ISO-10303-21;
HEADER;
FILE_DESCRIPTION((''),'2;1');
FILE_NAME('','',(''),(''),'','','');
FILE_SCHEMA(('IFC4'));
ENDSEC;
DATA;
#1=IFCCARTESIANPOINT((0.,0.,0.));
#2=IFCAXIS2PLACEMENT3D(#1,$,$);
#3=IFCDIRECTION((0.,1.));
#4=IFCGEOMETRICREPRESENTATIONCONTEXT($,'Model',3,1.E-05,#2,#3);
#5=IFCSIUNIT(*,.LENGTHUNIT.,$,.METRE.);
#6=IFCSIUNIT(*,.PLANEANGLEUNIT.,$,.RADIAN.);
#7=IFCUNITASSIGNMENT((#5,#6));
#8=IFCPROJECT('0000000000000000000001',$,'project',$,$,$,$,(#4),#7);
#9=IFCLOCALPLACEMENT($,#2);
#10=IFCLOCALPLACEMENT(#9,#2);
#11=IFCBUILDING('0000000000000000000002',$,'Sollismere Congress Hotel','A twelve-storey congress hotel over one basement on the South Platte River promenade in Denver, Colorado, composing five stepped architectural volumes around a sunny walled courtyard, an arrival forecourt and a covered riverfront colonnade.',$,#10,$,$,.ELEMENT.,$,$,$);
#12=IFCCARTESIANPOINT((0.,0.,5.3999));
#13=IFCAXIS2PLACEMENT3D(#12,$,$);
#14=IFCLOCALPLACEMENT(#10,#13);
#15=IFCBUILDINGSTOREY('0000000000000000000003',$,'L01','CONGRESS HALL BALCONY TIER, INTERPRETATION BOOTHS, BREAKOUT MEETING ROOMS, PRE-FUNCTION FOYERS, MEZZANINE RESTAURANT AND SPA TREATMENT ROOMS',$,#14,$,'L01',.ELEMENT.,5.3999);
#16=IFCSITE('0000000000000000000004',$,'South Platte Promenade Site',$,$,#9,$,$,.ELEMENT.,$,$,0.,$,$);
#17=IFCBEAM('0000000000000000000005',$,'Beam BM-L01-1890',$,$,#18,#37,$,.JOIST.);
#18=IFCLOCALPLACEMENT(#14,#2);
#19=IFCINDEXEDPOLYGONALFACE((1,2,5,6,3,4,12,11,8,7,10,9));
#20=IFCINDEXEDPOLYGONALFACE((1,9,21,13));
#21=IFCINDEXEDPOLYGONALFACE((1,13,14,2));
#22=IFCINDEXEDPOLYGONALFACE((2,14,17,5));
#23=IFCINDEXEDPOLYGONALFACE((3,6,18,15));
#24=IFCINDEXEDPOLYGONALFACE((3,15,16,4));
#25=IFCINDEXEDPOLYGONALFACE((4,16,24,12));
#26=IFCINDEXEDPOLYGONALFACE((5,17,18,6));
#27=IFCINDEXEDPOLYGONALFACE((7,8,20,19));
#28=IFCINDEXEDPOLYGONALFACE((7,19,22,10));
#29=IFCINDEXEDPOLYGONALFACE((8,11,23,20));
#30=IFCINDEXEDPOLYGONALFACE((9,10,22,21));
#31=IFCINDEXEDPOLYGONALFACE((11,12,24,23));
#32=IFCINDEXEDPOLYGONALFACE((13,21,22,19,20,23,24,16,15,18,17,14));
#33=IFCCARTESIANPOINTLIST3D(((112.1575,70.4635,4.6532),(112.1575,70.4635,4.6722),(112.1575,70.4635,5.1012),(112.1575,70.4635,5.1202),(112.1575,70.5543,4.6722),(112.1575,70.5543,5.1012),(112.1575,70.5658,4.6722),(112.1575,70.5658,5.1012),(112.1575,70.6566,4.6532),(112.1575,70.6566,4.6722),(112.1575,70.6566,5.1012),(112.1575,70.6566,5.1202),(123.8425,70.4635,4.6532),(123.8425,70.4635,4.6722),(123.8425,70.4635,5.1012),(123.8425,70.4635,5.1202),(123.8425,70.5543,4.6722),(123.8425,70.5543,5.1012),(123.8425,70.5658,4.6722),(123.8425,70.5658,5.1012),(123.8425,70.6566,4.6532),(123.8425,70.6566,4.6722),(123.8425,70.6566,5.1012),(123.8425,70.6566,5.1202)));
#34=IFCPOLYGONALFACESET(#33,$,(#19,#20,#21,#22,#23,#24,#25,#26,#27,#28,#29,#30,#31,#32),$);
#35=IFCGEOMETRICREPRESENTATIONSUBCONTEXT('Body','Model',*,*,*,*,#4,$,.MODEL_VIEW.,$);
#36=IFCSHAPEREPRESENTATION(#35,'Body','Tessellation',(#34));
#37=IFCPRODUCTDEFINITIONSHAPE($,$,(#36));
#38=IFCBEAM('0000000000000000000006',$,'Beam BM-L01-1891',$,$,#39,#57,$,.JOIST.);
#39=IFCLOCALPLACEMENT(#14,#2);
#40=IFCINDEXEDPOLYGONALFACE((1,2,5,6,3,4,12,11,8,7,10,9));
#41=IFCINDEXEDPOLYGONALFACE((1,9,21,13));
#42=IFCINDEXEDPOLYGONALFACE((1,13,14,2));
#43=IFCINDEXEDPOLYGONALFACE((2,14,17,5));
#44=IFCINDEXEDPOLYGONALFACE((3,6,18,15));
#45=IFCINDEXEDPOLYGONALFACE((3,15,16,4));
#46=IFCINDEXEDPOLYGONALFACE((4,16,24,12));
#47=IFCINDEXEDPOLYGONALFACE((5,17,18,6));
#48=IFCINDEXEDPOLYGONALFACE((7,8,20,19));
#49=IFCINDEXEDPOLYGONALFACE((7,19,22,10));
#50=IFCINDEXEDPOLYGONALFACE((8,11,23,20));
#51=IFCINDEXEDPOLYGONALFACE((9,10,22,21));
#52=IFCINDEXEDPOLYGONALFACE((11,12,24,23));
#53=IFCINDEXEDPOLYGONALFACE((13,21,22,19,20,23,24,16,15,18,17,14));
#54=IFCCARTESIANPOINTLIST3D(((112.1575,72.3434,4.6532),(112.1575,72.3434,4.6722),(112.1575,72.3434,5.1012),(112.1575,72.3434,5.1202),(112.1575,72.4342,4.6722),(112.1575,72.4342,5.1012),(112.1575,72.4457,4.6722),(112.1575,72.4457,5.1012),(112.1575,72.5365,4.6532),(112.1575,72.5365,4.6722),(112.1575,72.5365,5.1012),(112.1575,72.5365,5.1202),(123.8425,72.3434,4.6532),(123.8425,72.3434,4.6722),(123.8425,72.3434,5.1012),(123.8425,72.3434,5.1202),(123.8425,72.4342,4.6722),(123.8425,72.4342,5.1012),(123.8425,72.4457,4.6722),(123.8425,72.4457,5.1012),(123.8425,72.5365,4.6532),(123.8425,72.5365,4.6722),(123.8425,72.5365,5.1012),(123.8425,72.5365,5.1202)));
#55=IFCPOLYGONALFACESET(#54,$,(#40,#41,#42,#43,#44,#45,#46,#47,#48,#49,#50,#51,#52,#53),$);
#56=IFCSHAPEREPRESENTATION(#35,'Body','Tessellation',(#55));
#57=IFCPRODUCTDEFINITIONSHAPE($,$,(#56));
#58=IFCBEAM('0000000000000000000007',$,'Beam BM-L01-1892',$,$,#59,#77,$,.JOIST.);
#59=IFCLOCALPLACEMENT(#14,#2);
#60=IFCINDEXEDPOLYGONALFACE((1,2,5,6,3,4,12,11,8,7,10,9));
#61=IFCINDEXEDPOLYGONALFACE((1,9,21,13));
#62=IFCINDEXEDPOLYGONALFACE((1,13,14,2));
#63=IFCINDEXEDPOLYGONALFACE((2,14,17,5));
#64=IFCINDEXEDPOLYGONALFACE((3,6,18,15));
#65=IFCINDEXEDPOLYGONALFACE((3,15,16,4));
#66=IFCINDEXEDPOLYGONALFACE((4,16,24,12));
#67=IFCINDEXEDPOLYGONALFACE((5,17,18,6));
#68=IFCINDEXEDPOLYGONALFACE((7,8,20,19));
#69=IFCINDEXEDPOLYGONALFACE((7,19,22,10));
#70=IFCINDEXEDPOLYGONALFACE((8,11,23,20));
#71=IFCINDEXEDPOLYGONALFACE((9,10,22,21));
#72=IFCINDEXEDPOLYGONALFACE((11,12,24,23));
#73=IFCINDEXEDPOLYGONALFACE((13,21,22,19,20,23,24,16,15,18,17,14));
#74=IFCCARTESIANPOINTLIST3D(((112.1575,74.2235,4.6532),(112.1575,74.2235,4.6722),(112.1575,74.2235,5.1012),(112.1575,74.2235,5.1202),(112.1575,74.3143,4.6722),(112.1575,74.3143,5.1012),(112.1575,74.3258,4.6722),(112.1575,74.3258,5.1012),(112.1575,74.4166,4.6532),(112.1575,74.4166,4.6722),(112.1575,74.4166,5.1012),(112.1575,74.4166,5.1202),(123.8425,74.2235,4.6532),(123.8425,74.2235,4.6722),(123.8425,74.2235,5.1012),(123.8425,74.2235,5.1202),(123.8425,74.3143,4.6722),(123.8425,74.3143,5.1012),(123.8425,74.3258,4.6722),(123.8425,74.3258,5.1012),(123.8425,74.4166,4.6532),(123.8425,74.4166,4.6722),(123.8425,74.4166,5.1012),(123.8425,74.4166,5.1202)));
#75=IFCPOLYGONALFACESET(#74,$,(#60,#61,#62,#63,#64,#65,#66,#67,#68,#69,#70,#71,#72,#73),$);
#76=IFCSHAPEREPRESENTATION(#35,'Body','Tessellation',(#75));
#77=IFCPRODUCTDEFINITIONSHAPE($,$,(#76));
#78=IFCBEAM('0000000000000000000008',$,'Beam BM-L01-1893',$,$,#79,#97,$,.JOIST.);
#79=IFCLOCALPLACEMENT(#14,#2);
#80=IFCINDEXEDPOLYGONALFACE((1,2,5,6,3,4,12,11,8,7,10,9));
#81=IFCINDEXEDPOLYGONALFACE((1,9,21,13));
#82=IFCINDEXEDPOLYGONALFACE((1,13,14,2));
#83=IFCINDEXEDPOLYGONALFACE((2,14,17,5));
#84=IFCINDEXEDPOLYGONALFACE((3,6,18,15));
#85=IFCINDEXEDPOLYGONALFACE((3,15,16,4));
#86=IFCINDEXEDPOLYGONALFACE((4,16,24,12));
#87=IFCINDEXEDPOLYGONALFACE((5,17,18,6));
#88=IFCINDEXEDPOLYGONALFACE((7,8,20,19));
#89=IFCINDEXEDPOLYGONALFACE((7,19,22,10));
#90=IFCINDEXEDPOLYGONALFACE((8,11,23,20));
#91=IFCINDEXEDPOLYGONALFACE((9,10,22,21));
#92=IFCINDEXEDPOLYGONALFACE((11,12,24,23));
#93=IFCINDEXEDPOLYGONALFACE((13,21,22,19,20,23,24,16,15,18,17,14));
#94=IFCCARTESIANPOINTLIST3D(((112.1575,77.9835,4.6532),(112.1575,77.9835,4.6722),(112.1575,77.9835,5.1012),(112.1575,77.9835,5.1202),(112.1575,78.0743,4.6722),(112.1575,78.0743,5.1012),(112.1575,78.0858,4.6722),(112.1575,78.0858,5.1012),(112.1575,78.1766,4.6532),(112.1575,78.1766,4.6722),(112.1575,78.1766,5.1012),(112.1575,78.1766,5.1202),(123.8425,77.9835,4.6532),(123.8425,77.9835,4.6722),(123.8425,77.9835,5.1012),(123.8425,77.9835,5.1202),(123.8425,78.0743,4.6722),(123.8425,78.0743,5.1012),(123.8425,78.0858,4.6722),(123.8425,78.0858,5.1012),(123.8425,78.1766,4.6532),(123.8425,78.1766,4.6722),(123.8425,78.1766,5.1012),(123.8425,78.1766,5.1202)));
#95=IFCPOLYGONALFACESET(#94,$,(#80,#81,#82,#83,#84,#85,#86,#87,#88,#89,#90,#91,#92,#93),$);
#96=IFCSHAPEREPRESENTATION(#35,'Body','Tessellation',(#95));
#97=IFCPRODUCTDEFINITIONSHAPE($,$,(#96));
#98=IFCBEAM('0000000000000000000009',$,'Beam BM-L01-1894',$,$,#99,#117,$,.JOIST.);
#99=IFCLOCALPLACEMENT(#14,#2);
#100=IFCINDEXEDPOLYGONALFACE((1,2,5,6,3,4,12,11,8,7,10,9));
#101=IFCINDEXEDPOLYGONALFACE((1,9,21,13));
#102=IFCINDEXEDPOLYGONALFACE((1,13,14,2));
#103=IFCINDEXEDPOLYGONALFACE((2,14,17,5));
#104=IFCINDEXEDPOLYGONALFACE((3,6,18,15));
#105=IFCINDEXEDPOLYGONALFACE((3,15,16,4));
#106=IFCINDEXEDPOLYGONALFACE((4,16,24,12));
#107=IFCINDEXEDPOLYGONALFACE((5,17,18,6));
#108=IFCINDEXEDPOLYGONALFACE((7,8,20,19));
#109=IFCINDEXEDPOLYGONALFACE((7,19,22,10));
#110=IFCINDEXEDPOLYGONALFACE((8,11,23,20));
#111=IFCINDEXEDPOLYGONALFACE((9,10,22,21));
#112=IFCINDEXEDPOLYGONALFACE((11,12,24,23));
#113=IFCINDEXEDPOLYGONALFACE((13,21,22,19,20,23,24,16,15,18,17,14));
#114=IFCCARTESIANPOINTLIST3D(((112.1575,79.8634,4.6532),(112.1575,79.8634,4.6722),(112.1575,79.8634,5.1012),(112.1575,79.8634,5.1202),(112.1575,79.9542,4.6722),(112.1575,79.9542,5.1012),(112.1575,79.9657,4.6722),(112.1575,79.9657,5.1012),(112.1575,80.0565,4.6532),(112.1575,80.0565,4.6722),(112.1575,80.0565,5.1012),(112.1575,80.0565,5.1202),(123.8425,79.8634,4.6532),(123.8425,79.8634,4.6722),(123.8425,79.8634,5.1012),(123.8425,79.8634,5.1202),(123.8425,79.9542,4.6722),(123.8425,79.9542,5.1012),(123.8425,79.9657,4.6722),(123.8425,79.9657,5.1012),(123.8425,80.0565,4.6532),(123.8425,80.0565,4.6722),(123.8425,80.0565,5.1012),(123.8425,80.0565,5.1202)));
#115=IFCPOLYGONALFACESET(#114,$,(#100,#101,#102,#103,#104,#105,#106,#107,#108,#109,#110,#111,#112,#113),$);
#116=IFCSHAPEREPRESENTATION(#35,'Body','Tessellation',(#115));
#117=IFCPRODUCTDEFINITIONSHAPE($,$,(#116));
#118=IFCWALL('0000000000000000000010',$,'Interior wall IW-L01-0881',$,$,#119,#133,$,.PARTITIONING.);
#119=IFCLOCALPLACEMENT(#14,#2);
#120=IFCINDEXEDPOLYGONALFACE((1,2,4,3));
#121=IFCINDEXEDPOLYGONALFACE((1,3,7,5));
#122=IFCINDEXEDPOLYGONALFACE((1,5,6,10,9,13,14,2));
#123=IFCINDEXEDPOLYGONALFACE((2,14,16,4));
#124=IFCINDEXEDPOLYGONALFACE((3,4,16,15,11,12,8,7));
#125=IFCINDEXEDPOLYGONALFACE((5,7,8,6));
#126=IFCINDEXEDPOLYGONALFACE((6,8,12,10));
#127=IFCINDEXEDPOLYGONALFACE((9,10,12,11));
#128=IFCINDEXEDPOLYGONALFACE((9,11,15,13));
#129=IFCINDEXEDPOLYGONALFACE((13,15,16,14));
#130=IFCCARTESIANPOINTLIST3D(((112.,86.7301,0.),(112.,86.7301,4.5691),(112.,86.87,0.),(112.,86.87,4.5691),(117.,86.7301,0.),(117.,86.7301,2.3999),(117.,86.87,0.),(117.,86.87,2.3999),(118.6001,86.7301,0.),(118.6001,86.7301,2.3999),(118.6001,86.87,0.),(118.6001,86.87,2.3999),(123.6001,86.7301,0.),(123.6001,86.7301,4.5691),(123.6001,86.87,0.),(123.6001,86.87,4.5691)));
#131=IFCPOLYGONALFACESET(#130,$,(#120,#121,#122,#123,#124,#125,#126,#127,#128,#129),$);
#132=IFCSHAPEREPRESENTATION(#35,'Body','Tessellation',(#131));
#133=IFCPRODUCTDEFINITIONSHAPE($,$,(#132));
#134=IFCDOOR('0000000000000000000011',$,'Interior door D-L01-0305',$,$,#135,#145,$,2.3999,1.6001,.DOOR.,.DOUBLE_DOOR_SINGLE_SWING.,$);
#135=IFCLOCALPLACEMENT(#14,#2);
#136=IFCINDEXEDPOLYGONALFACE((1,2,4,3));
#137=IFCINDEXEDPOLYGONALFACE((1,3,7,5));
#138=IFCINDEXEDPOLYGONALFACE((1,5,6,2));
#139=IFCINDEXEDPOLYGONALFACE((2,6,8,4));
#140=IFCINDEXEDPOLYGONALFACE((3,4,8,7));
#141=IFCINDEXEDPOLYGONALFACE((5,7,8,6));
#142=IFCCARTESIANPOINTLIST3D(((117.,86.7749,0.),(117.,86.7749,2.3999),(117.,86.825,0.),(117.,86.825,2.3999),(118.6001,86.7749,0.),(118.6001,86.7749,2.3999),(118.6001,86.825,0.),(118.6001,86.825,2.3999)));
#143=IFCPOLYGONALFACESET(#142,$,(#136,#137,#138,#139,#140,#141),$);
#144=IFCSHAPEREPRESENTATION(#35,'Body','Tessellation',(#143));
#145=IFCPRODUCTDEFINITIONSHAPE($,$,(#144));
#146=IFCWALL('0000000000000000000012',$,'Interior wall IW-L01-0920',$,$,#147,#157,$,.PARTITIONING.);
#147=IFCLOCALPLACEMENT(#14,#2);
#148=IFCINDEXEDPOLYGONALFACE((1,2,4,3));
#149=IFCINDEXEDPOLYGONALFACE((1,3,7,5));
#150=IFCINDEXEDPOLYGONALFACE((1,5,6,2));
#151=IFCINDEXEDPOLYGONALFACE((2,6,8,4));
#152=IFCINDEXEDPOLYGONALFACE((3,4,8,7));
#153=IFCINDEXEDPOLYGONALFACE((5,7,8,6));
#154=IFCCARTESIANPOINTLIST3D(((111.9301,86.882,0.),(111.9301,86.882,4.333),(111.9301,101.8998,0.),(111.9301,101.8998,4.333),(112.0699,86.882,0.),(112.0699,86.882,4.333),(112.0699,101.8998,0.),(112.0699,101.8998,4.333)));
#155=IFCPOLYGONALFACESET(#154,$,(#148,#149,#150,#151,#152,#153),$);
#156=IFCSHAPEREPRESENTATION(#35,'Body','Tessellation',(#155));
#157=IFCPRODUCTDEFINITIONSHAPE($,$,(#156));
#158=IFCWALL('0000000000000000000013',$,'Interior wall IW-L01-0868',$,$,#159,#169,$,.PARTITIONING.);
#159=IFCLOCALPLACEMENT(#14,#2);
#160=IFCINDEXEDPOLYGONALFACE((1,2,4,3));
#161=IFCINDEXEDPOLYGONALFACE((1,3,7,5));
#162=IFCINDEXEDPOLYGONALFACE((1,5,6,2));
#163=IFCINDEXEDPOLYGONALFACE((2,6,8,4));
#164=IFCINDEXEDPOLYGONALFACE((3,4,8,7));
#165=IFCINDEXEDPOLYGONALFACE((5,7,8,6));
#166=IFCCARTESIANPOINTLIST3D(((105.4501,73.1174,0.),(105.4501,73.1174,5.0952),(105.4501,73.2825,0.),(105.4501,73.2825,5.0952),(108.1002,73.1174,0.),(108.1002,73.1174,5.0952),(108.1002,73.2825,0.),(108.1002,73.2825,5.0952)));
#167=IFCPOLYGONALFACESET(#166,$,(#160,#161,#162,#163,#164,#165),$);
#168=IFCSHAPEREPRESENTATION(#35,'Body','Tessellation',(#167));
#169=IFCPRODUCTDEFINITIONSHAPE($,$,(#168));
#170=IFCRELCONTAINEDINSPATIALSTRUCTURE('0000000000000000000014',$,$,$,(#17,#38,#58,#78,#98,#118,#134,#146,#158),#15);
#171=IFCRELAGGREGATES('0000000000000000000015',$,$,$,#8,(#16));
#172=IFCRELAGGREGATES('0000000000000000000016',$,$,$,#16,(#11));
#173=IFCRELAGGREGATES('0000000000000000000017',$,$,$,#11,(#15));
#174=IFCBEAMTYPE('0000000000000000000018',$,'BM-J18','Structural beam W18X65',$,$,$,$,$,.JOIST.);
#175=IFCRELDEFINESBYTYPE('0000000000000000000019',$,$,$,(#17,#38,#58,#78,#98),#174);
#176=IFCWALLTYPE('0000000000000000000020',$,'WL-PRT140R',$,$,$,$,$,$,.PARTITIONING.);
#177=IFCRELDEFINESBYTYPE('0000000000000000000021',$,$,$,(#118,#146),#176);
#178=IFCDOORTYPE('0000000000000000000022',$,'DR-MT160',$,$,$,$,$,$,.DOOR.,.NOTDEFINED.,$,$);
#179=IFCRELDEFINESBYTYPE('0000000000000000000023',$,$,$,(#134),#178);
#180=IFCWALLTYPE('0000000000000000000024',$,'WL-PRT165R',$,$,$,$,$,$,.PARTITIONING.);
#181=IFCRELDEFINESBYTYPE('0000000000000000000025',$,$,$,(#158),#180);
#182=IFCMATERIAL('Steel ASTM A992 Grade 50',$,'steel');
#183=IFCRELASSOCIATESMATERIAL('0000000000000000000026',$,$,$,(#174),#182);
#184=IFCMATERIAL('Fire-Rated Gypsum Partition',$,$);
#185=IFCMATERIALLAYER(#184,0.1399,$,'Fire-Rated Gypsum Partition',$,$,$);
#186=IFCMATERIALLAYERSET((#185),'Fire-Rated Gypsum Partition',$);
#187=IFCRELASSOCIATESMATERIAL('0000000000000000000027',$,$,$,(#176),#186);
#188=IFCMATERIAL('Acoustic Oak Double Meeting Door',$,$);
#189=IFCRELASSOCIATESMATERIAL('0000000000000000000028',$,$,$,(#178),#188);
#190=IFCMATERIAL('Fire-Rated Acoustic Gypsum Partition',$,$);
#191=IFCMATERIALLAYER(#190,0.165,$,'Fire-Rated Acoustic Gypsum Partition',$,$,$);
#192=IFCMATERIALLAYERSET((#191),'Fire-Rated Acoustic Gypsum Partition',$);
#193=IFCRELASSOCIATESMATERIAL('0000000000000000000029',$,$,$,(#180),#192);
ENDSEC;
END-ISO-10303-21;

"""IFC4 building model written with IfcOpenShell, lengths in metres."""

from ifc_helpers import new_model, si_unit, direction, frame, frame_2d, origin, origin_2d, place, context, subcontext, project, spatial, rectangle, i_section, extrude, material, layer, layer_set, material_profile, profile_set, type_object, element, fill, save


model = new_model("IFC4")

# Units and contexts
model_context = context("Model", 3, precision=1e-05, world=origin(), true_north=direction((0.0, 1.0)))
body_context = subcontext(model_context, "Body", "Model", "MODEL_VIEW")
ifc_project = project(units=[si_unit("LENGTHUNIT", "METRE"), si_unit("PLANEANGLEUNIT", "RADIAN")], contexts=[model_context])

# Site, building, storey
site_placement = place(None, origin())
site = spatial("IfcSite", under=ifc_project, at=site_placement, Name="South Platte Promenade Site", CompositionType="ELEMENT", RefElevation=0.0)
building_placement = place(site_placement, origin())
building = spatial("IfcBuilding", under=site, at=building_placement, Name="Sollismere Congress Hotel", Description="A twelve-storey congress hotel over one basement on the South Platte River promenade in Denver, Colorado, composing five stepped architectural volumes around a sunny walled courtyard, an arrival forecourt and a covered riverfront colonnade.", CompositionType="ELEMENT")
storey_placement = place(building_placement, frame((0.0, 0.0, 5.3999)))
storey = spatial("IfcBuildingStorey", under=building, at=storey_placement, Name="L01", Description="CONGRESS HALL BALCONY TIER, INTERPRETATION BOOTHS, BREAKOUT MEETING ROOMS, PRE-FUNCTION FOYERS, MEZZANINE RESTAURANT AND SPA TREATMENT ROOMS", LongName="L01", CompositionType="ELEMENT", Elevation=5.3999)

# Shared definitions
ifc_material_1 = material(Name="Steel ASTM A992 Grade 50", Category="steel")

# Beams
ifc_material_profile_1 = material_profile(ifc_material_1, i_section(OverallWidth=0.1931, OverallDepth=0.467, WebThickness=0.0115, FlangeThickness=0.019, at=origin_2d()), Name="W18X65")
ifc_profile_set_1 = profile_set([ifc_material_profile_1], Name="Steel ASTM A992 Grade 50")
beam_type_1 = type_object("IfcBeamType", Name="BM-J18", Description="Structural beam W18X65", PredefinedType="JOIST", material=ifc_profile_set_1)
for number, where, z_axis, x_axis, name in (
    (1, (112.1575, 70.5601, 4.8867), (1.0, 0.0, 0.0), (0.0, 1.0, 0.0), "Beam BM-L01-1890"),
    (2, (112.1575, 72.4399, 4.8867), (1.0, 0.0, 0.0), (0.0, 1.0, 0.0), "Beam BM-L01-1891"),
    (3, (112.1575, 74.3201, 4.8867), (1.0, 0.0, 0.0), (0.0, 1.0, 0.0), "Beam BM-L01-1892"),
    (4, (112.1575, 78.0801, 4.8867), (1.0, 0.0, 0.0), (0.0, 1.0, 0.0), "Beam BM-L01-1893"),
    (5, (112.1575, 79.96, 4.8867), (1.0, 0.0, 0.0), (0.0, 1.0, 0.0), "Beam BM-L01-1894"),
):
    element("IfcBeam", number, at=place(storey_placement, frame(where, z_axis=z_axis, x_axis=x_axis)), inside=storey, type_object=beam_type_1, Name=name, PredefinedType="JOIST", context=body_context, shape_type="SweptSolid", body=[
        extrude(i_section(OverallWidth=0.1931, OverallDepth=0.467, WebThickness=0.0115, FlangeThickness=0.019, at=origin_2d()), origin(), (0.0, 0.0, 1.0), 11.6851),
    ])

# Wall, opening, door
ifc_material_2 = material(Name="Fire-Rated Gypsum Partition")
ifc_layer_1 = layer(ifc_material_2, 0.1399, Name="Fire-Rated Gypsum Partition")
ifc_layer_set_1 = layer_set([ifc_layer_1], Name="Fire-Rated Gypsum Partition")
wall_type_1 = type_object("IfcWallType", Name="WL-PRT140R", PredefinedType="PARTITIONING", material=ifc_layer_set_1)
wall_1_placement = place(storey_placement, frame((112.0, 86.8, 0.0), z_axis=(0.0, 0.0, 1.0), x_axis=(1.0, 0.0, 0.0)))
wall_1 = element("IfcWall", 6, at=wall_1_placement, inside=storey, type_object=wall_type_1, Name="Interior wall IW-L01-0881", PredefinedType="PARTITIONING", context=body_context, shape_type="SweptSolid", body=[
    extrude(rectangle(XDim=11.6001, YDim=0.1399, at=frame_2d((5.8, 0.0))), origin(), (0.0, 0.0, 1.0), 4.5691),
])
opening_placement = place(wall_1_placement, frame((5.0, 0.0, 0.0)))
opening = element("IfcOpeningElement", 7, at=opening_placement, cuts=wall_1, PredefinedType="OPENING", context=body_context, shape_type="SweptSolid", body=[
    extrude(rectangle(XDim=1.6001, YDim=2.3999, at=frame_2d((0.8, 1.2))), frame((0.0, 0.0798, 0.0), z_axis=(0.0, -1.0, 0.0), x_axis=(1.0, 0.0, 0.0)), (0.0, 0.0, 1.0), 0.1599),
])
ifc_material_3 = material(Name="Acoustic Oak Double Meeting Door")
door_type = type_object("IfcDoorType", Name="DR-MT160", OperationType="NOTDEFINED", PredefinedType="DOOR", material=ifc_material_3)
door_placement = place(opening_placement, origin())
door = element("IfcDoor", 8, at=door_placement, inside=storey, type_object=door_type, Name="Interior door D-L01-0305", OperationType="DOUBLE_DOOR_SINGLE_SWING", OverallHeight=2.3999, OverallWidth=1.6001, PredefinedType="DOOR", context=body_context, shape_type="SweptSolid", body=[
    extrude(rectangle(XDim=1.6001, YDim=2.3999, at=frame_2d((0.8, 1.2))), frame((0.0, 0.0249, 0.0), z_axis=(0.0, -1.0, 0.0), x_axis=(1.0, 0.0, 0.0)), (0.0, 0.0, 1.0), 0.05),
])
fill(opening, door)

# Walls
wall_2_placement = place(storey_placement, frame((112.0, 86.8821, 0.0), z_axis=(0.0, 0.0, 1.0), x_axis=(0.0, 1.0, 0.0)))
element("IfcWall", 9, at=wall_2_placement, inside=storey, type_object=wall_type_1, Name="Interior wall IW-L01-0920", PredefinedType="PARTITIONING", context=body_context, shape_type="SweptSolid", body=[
    extrude(rectangle(XDim=15.0178, YDim=0.1399, at=frame_2d((7.5088, 0.0))), origin(), (0.0, 0.0, 1.0), 4.333),
])
ifc_material_4 = material(Name="Fire-Rated Acoustic Gypsum Partition")
ifc_layer_2 = layer(ifc_material_4, 0.165, Name="Fire-Rated Acoustic Gypsum Partition")
ifc_layer_set_2 = layer_set([ifc_layer_2], Name="Fire-Rated Acoustic Gypsum Partition")
wall_type_2 = type_object("IfcWallType", Name="WL-PRT165R", PredefinedType="PARTITIONING", material=ifc_layer_set_2)
wall_3_placement = place(storey_placement, frame((105.45, 73.2, 0.0), z_axis=(0.0, 0.0, 1.0), x_axis=(1.0, 0.0, 0.0)))
element("IfcWall", 10, at=wall_3_placement, inside=storey, type_object=wall_type_2, Name="Interior wall IW-L01-0868", PredefinedType="PARTITIONING", context=body_context, shape_type="SweptSolid", body=[
    extrude(rectangle(XDim=2.6501, YDim=0.165, at=frame_2d((1.3252, 0.0))), origin(), (0.0, 0.0, 1.0), 5.0952),
])

save(model, "model.ifc")
